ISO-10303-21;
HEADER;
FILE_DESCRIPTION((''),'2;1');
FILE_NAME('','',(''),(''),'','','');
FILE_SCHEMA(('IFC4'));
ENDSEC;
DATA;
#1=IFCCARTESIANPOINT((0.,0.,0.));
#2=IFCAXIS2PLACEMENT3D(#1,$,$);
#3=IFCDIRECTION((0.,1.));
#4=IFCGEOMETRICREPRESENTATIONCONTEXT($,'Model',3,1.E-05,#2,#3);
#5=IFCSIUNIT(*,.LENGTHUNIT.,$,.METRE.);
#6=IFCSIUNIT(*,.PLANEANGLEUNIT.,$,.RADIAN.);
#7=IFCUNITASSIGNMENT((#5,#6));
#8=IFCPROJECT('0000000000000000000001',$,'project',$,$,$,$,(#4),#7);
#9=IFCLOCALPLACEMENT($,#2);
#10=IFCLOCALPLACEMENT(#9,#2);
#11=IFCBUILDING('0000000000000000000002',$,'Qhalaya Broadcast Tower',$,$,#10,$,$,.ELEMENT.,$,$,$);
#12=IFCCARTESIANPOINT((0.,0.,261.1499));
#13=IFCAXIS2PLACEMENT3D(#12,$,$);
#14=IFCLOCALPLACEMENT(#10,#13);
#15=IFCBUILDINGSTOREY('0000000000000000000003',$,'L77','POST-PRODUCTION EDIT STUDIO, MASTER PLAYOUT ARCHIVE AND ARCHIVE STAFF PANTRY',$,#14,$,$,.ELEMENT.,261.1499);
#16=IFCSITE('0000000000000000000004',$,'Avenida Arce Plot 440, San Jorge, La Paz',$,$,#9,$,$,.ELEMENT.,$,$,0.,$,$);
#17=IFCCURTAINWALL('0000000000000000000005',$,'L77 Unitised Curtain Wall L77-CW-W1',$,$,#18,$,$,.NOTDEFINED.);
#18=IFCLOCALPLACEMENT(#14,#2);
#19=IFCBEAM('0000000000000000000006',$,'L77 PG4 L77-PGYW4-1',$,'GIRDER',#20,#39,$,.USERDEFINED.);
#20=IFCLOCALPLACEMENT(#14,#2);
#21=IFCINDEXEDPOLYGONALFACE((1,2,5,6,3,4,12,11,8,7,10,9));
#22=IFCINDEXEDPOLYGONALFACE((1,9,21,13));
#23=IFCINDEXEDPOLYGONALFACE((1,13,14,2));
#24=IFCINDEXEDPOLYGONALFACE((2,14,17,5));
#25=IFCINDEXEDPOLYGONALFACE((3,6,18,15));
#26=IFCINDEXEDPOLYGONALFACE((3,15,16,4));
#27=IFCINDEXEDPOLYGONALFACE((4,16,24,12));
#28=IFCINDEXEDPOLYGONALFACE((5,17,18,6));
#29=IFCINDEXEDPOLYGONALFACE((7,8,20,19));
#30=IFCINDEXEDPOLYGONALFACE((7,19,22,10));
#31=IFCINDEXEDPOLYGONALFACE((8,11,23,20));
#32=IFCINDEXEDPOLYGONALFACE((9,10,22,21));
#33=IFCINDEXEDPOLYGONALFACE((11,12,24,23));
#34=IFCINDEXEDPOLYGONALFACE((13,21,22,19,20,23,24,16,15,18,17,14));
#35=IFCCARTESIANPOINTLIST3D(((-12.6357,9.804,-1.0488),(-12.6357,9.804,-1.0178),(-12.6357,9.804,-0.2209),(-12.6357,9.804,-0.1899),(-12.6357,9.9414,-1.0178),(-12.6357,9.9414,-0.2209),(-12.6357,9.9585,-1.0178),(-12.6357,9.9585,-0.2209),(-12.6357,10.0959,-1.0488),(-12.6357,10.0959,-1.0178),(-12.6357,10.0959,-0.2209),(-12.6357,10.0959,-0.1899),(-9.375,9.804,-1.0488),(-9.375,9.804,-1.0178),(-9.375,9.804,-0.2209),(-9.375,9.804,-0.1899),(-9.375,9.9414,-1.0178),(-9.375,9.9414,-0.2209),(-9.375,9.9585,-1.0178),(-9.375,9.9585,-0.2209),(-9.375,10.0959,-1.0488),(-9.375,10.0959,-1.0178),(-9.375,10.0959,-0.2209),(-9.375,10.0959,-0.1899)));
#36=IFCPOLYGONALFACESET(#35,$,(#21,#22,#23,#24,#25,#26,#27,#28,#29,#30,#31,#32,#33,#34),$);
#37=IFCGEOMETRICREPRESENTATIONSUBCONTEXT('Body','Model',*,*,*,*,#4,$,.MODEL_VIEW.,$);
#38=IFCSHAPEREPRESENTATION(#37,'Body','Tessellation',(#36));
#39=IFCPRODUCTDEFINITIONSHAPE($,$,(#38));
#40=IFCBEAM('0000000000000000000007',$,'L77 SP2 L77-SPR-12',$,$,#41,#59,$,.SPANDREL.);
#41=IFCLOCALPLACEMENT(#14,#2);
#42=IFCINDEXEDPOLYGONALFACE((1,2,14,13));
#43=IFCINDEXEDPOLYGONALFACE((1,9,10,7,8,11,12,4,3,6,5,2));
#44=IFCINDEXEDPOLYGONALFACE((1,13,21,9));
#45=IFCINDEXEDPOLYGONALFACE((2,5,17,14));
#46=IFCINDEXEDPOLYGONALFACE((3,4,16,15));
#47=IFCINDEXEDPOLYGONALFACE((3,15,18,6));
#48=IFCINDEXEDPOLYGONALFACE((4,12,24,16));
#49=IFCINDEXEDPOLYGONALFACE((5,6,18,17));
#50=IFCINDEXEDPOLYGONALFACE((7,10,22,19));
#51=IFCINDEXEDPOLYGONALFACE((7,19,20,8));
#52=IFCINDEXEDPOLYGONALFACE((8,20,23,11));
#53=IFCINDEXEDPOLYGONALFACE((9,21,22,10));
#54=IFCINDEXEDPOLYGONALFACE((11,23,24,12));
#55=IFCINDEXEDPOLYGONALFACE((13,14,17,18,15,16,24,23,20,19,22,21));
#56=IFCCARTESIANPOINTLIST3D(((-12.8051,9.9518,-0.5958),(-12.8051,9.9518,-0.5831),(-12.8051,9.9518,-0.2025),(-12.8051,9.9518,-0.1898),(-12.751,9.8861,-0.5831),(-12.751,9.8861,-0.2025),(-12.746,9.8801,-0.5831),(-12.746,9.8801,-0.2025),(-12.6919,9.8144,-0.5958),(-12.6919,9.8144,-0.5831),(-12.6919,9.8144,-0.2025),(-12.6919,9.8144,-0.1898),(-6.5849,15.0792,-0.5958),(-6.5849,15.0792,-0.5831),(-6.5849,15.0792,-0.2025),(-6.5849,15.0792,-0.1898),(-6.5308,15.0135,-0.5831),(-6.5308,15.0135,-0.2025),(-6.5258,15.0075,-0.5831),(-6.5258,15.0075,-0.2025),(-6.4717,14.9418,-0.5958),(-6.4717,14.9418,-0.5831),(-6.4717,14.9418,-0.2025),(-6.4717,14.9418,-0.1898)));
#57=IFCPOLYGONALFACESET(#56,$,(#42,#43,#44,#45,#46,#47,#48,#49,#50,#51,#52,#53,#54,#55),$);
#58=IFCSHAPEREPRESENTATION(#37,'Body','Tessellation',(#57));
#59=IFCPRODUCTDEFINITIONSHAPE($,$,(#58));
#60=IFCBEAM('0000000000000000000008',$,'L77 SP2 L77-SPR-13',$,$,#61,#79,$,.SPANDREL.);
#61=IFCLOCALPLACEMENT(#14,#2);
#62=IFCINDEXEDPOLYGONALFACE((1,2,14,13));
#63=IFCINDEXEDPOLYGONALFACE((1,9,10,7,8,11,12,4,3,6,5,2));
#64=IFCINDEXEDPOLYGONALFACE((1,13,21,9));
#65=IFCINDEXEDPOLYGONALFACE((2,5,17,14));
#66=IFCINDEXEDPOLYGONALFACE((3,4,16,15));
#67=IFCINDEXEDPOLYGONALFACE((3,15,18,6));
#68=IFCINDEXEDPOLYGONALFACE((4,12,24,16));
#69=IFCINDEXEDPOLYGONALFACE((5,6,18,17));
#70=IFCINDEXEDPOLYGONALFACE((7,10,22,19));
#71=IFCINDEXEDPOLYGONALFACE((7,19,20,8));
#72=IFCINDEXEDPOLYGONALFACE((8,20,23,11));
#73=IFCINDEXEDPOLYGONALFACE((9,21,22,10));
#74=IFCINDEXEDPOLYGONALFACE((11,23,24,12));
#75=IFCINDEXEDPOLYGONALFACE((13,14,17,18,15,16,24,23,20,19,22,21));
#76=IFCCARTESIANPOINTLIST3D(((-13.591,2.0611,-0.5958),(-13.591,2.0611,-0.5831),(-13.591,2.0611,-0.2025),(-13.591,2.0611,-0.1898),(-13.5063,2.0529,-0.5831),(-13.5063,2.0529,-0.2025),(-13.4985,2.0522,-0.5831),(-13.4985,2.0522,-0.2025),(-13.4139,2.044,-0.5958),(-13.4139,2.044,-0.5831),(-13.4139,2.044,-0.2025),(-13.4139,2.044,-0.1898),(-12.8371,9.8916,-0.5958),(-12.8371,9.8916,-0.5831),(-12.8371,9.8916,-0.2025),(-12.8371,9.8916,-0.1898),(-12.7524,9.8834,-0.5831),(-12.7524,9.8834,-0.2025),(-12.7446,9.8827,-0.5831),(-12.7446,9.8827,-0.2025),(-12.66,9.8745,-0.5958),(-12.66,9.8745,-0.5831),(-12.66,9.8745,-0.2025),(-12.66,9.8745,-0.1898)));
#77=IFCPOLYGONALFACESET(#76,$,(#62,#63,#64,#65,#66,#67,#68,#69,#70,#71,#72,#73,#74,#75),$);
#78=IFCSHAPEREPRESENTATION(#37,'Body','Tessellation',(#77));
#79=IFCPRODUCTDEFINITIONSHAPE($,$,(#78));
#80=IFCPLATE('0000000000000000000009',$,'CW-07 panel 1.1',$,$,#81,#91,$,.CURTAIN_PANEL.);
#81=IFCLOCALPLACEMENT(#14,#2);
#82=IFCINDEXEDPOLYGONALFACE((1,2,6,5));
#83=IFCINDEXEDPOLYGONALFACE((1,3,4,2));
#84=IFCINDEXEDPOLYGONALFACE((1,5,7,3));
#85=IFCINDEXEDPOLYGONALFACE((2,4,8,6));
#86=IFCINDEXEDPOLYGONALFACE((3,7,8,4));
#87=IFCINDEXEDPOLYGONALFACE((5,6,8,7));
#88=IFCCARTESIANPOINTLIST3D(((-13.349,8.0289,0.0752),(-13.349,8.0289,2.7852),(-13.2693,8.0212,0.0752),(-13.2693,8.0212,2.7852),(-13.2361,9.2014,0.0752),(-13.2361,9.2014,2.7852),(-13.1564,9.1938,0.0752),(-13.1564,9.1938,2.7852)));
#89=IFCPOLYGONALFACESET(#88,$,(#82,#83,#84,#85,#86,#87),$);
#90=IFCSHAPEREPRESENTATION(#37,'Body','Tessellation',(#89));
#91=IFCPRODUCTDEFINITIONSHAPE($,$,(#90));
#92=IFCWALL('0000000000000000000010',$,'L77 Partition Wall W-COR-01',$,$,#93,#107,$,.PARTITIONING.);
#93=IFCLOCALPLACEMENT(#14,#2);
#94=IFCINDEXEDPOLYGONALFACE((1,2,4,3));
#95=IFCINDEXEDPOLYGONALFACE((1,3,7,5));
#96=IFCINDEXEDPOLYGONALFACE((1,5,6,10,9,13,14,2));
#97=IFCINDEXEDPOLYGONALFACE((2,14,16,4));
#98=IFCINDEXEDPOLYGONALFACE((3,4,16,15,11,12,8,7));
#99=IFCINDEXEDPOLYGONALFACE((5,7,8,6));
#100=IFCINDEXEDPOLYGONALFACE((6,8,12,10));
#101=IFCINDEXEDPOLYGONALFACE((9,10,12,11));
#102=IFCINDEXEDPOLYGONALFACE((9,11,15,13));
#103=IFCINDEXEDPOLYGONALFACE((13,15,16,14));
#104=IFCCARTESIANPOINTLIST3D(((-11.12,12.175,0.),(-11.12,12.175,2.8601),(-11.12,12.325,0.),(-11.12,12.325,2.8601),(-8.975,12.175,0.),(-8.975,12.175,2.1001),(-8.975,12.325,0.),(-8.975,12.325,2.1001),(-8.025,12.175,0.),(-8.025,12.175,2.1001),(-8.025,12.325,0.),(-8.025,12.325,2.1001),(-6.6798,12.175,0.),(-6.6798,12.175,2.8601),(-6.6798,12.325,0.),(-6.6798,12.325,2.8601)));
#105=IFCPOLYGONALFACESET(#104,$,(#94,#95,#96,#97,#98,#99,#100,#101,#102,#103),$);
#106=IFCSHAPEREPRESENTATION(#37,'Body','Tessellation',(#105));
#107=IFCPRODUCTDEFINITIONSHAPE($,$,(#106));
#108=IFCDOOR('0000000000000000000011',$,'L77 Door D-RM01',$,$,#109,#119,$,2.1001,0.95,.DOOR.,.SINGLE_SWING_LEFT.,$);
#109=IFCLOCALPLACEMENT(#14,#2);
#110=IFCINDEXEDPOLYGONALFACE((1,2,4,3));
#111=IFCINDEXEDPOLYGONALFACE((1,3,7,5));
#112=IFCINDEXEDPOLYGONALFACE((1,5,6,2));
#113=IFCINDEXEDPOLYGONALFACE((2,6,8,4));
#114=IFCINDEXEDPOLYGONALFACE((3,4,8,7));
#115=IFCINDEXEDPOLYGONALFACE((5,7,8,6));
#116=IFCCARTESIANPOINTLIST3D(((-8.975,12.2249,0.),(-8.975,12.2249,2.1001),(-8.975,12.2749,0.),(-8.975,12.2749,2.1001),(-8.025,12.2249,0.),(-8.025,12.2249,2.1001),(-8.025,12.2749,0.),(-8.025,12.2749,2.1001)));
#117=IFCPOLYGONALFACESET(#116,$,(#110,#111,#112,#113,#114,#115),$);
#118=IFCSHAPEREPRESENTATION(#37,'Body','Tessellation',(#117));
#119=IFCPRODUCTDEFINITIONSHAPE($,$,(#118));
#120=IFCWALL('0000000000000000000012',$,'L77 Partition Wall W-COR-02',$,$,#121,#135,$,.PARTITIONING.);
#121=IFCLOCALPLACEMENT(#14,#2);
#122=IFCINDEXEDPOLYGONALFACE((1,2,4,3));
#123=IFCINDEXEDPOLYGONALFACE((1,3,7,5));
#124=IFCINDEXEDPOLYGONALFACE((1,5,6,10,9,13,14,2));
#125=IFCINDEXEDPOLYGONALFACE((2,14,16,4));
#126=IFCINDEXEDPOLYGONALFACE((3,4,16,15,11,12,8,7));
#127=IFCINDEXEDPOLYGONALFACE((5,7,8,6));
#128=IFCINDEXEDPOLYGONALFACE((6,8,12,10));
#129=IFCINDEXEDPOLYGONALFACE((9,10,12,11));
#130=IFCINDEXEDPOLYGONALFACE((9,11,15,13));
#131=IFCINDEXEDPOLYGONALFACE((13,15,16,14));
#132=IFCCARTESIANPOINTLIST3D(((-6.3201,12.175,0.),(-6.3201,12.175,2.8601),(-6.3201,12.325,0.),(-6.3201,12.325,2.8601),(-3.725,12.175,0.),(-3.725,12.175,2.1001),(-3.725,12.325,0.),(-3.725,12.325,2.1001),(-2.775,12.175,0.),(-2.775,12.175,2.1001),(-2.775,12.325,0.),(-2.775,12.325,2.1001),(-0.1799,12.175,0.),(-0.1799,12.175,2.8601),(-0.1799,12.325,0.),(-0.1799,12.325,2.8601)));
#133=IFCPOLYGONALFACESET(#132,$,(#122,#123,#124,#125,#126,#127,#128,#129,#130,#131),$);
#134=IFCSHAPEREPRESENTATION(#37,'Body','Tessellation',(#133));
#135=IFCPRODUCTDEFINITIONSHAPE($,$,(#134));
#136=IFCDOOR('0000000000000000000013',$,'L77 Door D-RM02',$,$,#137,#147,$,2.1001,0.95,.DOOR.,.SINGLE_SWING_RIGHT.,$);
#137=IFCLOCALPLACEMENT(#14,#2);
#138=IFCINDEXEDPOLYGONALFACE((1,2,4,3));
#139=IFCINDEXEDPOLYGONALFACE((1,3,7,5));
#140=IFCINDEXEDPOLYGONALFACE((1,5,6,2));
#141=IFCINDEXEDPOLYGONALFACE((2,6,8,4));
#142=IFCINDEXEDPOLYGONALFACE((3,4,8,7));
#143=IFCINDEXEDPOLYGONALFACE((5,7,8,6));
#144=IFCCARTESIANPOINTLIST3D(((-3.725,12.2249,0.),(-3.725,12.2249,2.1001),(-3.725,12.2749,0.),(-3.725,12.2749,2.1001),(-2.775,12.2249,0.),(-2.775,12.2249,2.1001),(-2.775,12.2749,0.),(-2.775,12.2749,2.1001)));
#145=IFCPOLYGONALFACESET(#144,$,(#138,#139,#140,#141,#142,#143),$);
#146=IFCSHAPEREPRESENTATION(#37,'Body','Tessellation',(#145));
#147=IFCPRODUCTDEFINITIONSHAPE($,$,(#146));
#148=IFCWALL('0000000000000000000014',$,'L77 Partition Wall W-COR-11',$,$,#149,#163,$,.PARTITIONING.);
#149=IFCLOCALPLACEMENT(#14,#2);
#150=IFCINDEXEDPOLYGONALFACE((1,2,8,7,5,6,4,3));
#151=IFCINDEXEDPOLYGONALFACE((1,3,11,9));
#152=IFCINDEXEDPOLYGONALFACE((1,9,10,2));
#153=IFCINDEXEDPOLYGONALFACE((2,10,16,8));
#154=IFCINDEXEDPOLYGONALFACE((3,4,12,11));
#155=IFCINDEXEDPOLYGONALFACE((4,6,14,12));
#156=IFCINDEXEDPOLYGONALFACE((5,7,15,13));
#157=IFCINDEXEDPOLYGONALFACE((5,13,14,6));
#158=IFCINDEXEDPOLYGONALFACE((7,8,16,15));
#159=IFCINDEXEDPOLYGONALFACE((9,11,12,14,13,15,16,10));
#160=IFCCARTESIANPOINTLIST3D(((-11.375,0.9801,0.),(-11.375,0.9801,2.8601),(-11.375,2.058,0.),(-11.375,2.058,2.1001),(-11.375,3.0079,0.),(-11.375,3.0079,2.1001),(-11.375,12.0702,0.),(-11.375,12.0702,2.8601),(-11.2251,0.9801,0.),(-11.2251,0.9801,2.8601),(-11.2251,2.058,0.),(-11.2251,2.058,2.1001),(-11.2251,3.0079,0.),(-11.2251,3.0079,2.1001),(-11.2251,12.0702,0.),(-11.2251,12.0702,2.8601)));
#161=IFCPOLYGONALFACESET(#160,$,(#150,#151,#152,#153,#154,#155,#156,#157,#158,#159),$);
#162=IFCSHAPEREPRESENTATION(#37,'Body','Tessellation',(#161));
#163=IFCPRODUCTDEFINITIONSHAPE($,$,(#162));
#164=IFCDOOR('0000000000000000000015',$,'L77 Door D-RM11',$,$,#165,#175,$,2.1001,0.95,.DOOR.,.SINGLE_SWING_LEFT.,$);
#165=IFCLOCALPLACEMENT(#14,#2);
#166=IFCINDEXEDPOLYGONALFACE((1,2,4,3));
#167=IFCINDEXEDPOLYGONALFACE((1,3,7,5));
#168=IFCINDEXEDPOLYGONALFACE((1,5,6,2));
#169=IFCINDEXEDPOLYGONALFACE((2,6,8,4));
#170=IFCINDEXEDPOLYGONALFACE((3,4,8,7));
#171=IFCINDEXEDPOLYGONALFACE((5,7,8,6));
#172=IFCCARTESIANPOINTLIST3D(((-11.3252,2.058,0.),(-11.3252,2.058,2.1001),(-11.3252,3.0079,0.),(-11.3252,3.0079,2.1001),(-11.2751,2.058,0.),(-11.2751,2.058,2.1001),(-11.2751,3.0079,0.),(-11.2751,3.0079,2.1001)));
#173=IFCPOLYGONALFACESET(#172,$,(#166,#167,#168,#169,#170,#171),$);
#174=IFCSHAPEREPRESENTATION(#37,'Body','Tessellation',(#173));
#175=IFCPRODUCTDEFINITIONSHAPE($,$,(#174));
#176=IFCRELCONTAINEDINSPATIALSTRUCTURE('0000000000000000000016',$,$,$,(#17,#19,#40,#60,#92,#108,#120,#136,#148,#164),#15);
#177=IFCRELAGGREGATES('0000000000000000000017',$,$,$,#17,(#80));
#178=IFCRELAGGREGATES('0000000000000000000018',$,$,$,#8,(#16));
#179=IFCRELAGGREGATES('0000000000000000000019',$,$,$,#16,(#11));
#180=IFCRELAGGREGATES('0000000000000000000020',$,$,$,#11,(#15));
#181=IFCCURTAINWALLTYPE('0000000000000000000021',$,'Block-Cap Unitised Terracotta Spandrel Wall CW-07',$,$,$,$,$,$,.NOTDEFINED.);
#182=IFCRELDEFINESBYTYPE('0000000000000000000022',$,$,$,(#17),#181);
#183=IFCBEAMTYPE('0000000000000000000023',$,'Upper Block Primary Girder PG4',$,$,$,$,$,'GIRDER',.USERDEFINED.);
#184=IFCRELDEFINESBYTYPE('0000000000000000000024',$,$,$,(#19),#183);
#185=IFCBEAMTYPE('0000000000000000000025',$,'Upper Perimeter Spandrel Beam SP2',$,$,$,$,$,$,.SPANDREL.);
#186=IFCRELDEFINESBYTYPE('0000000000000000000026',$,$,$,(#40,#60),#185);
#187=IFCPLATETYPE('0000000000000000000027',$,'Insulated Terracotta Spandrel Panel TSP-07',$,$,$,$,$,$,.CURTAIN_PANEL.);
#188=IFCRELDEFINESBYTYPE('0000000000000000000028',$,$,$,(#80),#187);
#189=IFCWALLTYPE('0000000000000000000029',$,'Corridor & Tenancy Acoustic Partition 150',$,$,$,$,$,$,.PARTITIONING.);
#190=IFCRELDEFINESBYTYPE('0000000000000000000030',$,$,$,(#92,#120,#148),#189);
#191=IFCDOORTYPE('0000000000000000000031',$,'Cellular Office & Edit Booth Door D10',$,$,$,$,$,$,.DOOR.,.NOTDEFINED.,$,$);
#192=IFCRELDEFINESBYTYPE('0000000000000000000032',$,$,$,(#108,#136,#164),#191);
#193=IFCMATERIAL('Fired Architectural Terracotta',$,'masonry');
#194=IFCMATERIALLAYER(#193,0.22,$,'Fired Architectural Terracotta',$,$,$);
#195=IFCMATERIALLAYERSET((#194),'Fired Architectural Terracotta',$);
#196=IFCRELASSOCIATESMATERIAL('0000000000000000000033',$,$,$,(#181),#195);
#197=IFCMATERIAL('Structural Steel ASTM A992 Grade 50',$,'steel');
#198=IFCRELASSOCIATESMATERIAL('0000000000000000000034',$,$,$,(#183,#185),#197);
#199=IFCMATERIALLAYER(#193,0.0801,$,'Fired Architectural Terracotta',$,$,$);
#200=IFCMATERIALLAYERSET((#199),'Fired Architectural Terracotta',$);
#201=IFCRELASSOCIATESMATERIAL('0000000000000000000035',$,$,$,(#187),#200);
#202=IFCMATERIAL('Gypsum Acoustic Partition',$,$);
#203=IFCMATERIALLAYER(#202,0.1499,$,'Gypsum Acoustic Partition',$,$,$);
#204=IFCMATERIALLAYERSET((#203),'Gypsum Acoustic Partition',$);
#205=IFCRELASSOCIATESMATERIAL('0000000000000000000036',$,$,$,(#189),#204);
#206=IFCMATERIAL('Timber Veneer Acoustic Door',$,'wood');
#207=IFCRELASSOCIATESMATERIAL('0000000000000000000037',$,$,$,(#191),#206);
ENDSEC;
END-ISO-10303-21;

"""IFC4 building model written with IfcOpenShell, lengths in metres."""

from ifc_helpers import new_model, si_unit, direction, frame, frame_2d, origin, origin_2d, place, context, subcontext, project, spatial, rectangle, i_section, extrude, material, layer, layer_set, material_profile, profile_set, type_object, element, fill, aggregate, save


model = new_model("IFC4")

# Units and contexts
model_context = context("Model", 3, precision=1e-05, world=origin(), true_north=direction((0.0, 1.0)))
body_context = subcontext(model_context, "Body", "Model", "MODEL_VIEW")
ifc_project = project(units=[si_unit("LENGTHUNIT", "METRE"), si_unit("PLANEANGLEUNIT", "RADIAN")], contexts=[model_context])

# Site, building, storey
site_placement = place(None, origin())
site = spatial("IfcSite", under=ifc_project, at=site_placement, Name="Avenida Arce Plot 440, San Jorge, La Paz", CompositionType="ELEMENT", RefElevation=0.0)
building_placement = place(site_placement, origin())
building = spatial("IfcBuilding", under=site, at=building_placement, Name="Qhalaya Broadcast Tower", CompositionType="ELEMENT")
storey_placement = place(building_placement, frame((0.0, 0.0, 261.1499)))
storey = spatial("IfcBuildingStorey", under=building, at=storey_placement, Name="L77", Description="POST-PRODUCTION EDIT STUDIO, MASTER PLAYOUT ARCHIVE AND ARCHIVE STAFF PANTRY", CompositionType="ELEMENT", Elevation=261.1499)

# Shared definitions
ifc_material_1 = material(Name="Structural Steel ASTM A992 Grade 50", Category="steel")

# Curtain wall
ifc_material_2 = material(Name="Fired Architectural Terracotta", Category="masonry")
ifc_layer_1 = layer(ifc_material_2, 0.22, Name="Fired Architectural Terracotta")
ifc_layer_set_1 = layer_set([ifc_layer_1], Name="Fired Architectural Terracotta")
curtain_wall_type_1 = type_object("IfcCurtainWallType", Name="Block-Cap Unitised Terracotta Spandrel Wall CW-07", PredefinedType="NOTDEFINED", material=ifc_layer_set_1)
curtain_wall_1_placement = place(storey_placement, origin())
curtain_wall_1 = element("IfcCurtainWall", 1, at=curtain_wall_1_placement, inside=storey, type_object=curtain_wall_type_1, Name="L77 Unitised Curtain Wall L77-CW-W1", PredefinedType="NOTDEFINED")

# Beams
ifc_material_profile_1 = material_profile(ifc_material_1, i_section(OverallWidth=0.292, OverallDepth=0.8589, WebThickness=0.0171, FlangeThickness=0.031, at=origin_2d()), Name="W33X169")
ifc_profile_set_1 = profile_set([ifc_material_profile_1], Name="Structural Steel ASTM A992 Grade 50")
beam_type_1 = type_object("IfcBeamType", Name="Upper Block Primary Girder PG4", ElementType="GIRDER", PredefinedType="USERDEFINED", material=ifc_profile_set_1)
beam_1_placement = place(storey_placement, frame((-12.6357, 9.95, -0.6194), z_axis=(1.0, 0.0, 0.0), x_axis=(0.0, 1.0, 0.0)))
element("IfcBeam", 2, at=beam_1_placement, inside=storey, type_object=beam_type_1, Name="L77 PG4 L77-PGYW4-1", ObjectType="GIRDER", PredefinedType="USERDEFINED", context=body_context, shape_type="SweptSolid", body=[
    extrude(i_section(OverallWidth=0.292, OverallDepth=0.8589, WebThickness=0.0171, FlangeThickness=0.031, at=origin_2d()), origin(), (0.0, 0.0, 1.0), 3.2607),
])
ifc_material_profile_2 = material_profile(ifc_material_1, i_section(OverallWidth=0.178, OverallDepth=0.406, WebThickness=0.0078, FlangeThickness=0.0127, at=origin_2d()), Name="W16X40")
ifc_profile_set_2 = profile_set([ifc_material_profile_2], Name="Structural Steel ASTM A992 Grade 50")
beam_type_2 = type_object("IfcBeamType", Name="Upper Perimeter Spandrel Beam SP2", PredefinedType="SPANDREL", material=ifc_profile_set_2)
beam_2_placement = place(storey_placement, frame((-6.5283, 15.0105, -0.3928), z_axis=(-0.771631, -0.63607, 0.0), x_axis=(0.63607, -0.771631, 0.0)))
element("IfcBeam", 3, at=beam_2_placement, inside=storey, type_object=beam_type_2, Name="L77 SP2 L77-SPR-12", PredefinedType="SPANDREL", context=body_context, shape_type="SweptSolid", body=[
    extrude(i_section(OverallWidth=0.178, OverallDepth=0.406, WebThickness=0.0078, FlangeThickness=0.0127, at=origin_2d()), origin(), (0.0, 0.0, 1.0), 8.061),
])
beam_3_placement = place(storey_placement, frame((-12.7485, 9.8831, -0.3928), z_axis=(-0.095834, -0.995397, 0.0), x_axis=(0.995397, -0.095834, 0.0)))
element("IfcBeam", 4, at=beam_3_placement, inside=storey, type_object=beam_type_2, Name="L77 SP2 L77-SPR-13", PredefinedType="SPANDREL", context=body_context, shape_type="SweptSolid", body=[
    extrude(i_section(OverallWidth=0.178, OverallDepth=0.406, WebThickness=0.0078, FlangeThickness=0.0127, at=origin_2d()), origin(), (0.0, 0.0, 1.0), 7.8667),
])

# Plate
ifc_layer_2 = layer(ifc_material_2, 0.0801, Name="Fired Architectural Terracotta")
ifc_layer_set_2 = layer_set([ifc_layer_2], Name="Fired Architectural Terracotta")
plate_type = type_object("IfcPlateType", Name="Insulated Terracotta Spandrel Panel TSP-07", PredefinedType="CURTAIN_PANEL", material=ifc_layer_set_2)
plate_placement = place(storey_placement, frame((-13.2527, 8.6113, 0.0752), z_axis=(0.0, 0.0, 1.0), x_axis=(-0.095857, -0.995395, 0.0)))
plate = element("IfcPlate", 5, at=plate_placement, type_object=plate_type, Name="CW-07 panel 1.1", PredefinedType="CURTAIN_PANEL", context=body_context, shape_type="SweptSolid", body=[
    extrude(rectangle(XDim=1.178, YDim=0.0801, at=origin_2d()), origin(), (0.0, 0.0, 1.0), 2.71),
])
aggregate(curtain_wall_1, [plate])

# Walls, openings, doors
ifc_material_3 = material(Name="Gypsum Acoustic Partition")
ifc_layer_3 = layer(ifc_material_3, 0.1499, Name="Gypsum Acoustic Partition")
ifc_layer_set_3 = layer_set([ifc_layer_3], Name="Gypsum Acoustic Partition")
wall_type_1 = type_object("IfcWallType", Name="Corridor & Tenancy Acoustic Partition 150", PredefinedType="PARTITIONING", material=ifc_layer_set_3)
wall_1_placement = place(storey_placement, frame((-11.1201, 12.25, 0.0), z_axis=(0.0, 0.0, 1.0), x_axis=(1.0, 0.0, 0.0)))
wall_1 = element("IfcWall", 6, at=wall_1_placement, inside=storey, type_object=wall_type_1, Name="L77 Partition Wall W-COR-01", PredefinedType="PARTITIONING", context=body_context, shape_type="SweptSolid", body=[
    extrude(rectangle(XDim=4.4402, YDim=0.1499, at=frame_2d((2.2202, 0.0))), origin(), (0.0, 0.0, 1.0), 2.8601),
])
opening_1_placement = place(wall_1_placement, frame((2.145, 0.0, 0.0)))
opening_1 = element("IfcOpeningElement", 7, at=opening_1_placement, cuts=wall_1, PredefinedType="OPENING", context=body_context, shape_type="SweptSolid", body=[
    extrude(rectangle(XDim=0.95, YDim=2.1001, at=frame_2d((0.4751, 1.05))), frame((0.0, 0.0869, 0.0), z_axis=(0.0, -1.0, 0.0), x_axis=(1.0, 0.0, 0.0)), (0.0, 0.0, 1.0), 0.1738),
])
ifc_material_4 = material(Name="Timber Veneer Acoustic Door", Category="wood")
door_type = type_object("IfcDoorType", Name="Cellular Office & Edit Booth Door D10", OperationType="NOTDEFINED", PredefinedType="DOOR", material=ifc_material_4)
door_1_placement = place(opening_1_placement, origin())
door_1 = element("IfcDoor", 8, at=door_1_placement, inside=storey, type_object=door_type, Name="L77 Door D-RM01", OperationType="SINGLE_SWING_LEFT", OverallHeight=2.1001, OverallWidth=0.95, PredefinedType="DOOR", context=body_context, shape_type="SweptSolid", body=[
    extrude(rectangle(XDim=0.95, YDim=2.1001, at=frame_2d((0.4751, 1.05))), frame((0.0, 0.0249, 0.0), z_axis=(0.0, -1.0, 0.0), x_axis=(1.0, 0.0, 0.0)), (0.0, 0.0, 1.0), 0.05),
])
fill(opening_1, door_1)
wall_2_placement = place(storey_placement, frame((-6.3201, 12.25, 0.0), z_axis=(0.0, 0.0, 1.0), x_axis=(1.0, 0.0, 0.0)))
wall_2 = element("IfcWall", 9, at=wall_2_placement, inside=storey, type_object=wall_type_1, Name="L77 Partition Wall W-COR-02", PredefinedType="PARTITIONING", context=body_context, shape_type="SweptSolid", body=[
    extrude(rectangle(XDim=6.1401, YDim=0.1499, at=frame_2d((3.0701, 0.0))), origin(), (0.0, 0.0, 1.0), 2.8601),
])
opening_2_placement = place(wall_2_placement, frame((2.595, 0.0, 0.0)))
opening_2 = element("IfcOpeningElement", 10, at=opening_2_placement, cuts=wall_2, PredefinedType="OPENING", context=body_context, shape_type="SweptSolid", body=[
    extrude(rectangle(XDim=0.95, YDim=2.1001, at=frame_2d((0.4751, 1.05))), frame((0.0, 0.0869, 0.0), z_axis=(0.0, -1.0, 0.0), x_axis=(1.0, 0.0, 0.0)), (0.0, 0.0, 1.0), 0.1738),
])
door_2_placement = place(opening_2_placement, origin())
door_2 = element("IfcDoor", 11, at=door_2_placement, inside=storey, type_object=door_type, Name="L77 Door D-RM02", OperationType="SINGLE_SWING_RIGHT", OverallHeight=2.1001, OverallWidth=0.95, PredefinedType="DOOR", context=body_context, shape_type="SweptSolid", body=[
    extrude(rectangle(XDim=0.95, YDim=2.1001, at=frame_2d((0.4751, 1.05))), frame((0.0, 0.0249, 0.0), z_axis=(0.0, -1.0, 0.0), x_axis=(1.0, 0.0, 0.0)), (0.0, 0.0, 1.0), 0.05),
])
fill(opening_2, door_2)
wall_3_placement = place(storey_placement, frame((-11.3, 12.0701, 0.0), z_axis=(0.0, 0.0, 1.0), x_axis=(0.0, -1.0, 0.0)))
wall_3 = element("IfcWall", 12, at=wall_3_placement, inside=storey, type_object=wall_type_1, Name="L77 Partition Wall W-COR-11", PredefinedType="PARTITIONING", context=body_context, shape_type="SweptSolid", body=[
    extrude(rectangle(XDim=11.0901, YDim=0.1499, at=frame_2d((5.5449, 0.0))), origin(), (0.0, 0.0, 1.0), 2.8601),
])
opening_3_placement = place(wall_3_placement, frame((9.062, 0.0, 0.0)))
opening_3 = element("IfcOpeningElement", 13, at=opening_3_placement, cuts=wall_3, PredefinedType="OPENING", context=body_context, shape_type="SweptSolid", body=[
    extrude(rectangle(XDim=0.95, YDim=2.1001, at=frame_2d((0.4751, 1.05))), frame((0.0, 0.0869, 0.0), z_axis=(0.0, -1.0, 0.0), x_axis=(1.0, 0.0, 0.0)), (0.0, 0.0, 1.0), 0.1738),
])
door_3_placement = place(opening_3_placement, origin())
door_3 = element("IfcDoor", 14, at=door_3_placement, inside=storey, type_object=door_type, Name="L77 Door D-RM11", OperationType="SINGLE_SWING_LEFT", OverallHeight=2.1001, OverallWidth=0.95, PredefinedType="DOOR", context=body_context, shape_type="SweptSolid", body=[
    extrude(rectangle(XDim=0.95, YDim=2.1001, at=frame_2d((0.4751, 1.05))), frame((0.0, 0.0249, 0.0), z_axis=(0.0, -1.0, 0.0), x_axis=(1.0, 0.0, 0.0)), (0.0, 0.0, 1.0), 0.05),
])
fill(opening_3, door_3)

save(model, "model.ifc")
